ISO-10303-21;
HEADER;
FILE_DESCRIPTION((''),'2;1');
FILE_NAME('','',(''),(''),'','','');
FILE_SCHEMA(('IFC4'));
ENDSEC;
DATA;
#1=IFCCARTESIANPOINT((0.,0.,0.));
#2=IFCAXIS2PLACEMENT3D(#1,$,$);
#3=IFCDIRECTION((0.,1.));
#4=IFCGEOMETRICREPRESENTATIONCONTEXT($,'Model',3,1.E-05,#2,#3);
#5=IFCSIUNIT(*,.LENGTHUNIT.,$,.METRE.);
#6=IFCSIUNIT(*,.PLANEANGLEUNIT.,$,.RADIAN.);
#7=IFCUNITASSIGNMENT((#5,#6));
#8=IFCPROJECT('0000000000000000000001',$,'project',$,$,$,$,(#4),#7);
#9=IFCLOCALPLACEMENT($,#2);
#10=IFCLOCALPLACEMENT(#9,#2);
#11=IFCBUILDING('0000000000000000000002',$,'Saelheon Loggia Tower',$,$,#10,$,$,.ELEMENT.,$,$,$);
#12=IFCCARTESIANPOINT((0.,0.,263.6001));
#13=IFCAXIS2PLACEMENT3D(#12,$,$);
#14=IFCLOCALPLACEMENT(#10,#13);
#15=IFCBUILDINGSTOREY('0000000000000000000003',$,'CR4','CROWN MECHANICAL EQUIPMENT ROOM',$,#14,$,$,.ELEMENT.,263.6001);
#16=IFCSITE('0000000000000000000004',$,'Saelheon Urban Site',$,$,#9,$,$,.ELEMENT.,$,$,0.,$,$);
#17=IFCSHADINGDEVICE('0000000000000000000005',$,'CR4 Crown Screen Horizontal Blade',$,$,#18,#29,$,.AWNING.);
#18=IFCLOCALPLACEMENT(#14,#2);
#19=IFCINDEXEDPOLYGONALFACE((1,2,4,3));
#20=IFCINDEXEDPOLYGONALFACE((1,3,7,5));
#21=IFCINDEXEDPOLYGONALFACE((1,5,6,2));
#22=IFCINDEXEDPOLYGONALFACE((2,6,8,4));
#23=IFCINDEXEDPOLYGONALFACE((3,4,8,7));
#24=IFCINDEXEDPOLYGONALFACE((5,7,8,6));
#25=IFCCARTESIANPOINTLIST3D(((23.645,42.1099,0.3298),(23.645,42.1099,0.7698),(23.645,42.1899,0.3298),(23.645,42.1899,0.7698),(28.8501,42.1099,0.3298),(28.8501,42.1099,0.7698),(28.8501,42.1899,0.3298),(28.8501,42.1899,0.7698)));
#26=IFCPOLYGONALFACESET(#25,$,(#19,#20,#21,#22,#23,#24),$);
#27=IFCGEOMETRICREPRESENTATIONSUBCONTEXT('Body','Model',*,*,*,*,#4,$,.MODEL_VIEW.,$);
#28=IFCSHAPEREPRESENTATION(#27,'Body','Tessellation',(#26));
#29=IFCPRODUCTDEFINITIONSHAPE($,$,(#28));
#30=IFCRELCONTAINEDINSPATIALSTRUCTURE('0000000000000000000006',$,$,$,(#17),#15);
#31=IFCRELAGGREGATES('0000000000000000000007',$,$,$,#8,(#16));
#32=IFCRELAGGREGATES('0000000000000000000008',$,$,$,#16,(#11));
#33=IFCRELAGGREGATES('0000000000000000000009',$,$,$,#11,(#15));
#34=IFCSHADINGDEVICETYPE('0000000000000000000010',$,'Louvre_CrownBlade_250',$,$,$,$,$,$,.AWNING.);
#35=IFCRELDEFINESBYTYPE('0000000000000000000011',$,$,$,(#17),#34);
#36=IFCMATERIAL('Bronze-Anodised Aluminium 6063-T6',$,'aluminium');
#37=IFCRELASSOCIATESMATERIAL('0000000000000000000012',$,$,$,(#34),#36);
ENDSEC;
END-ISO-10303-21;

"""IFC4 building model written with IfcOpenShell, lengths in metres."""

from ifc_helpers import new_model, si_unit, direction, frame, origin, origin_2d, place, context, subcontext, project, spatial, rectangle, extrude, source, transform, mapped, material, material_profile, profile_set, type_object, element, save


model = new_model("IFC4")

# Units and contexts
model_context = context("Model", 3, precision=1e-05, world=origin(), true_north=direction((0.0, 1.0)))
body_context = subcontext(model_context, "Body", "Model", "MODEL_VIEW")
ifc_project = project(units=[si_unit("LENGTHUNIT", "METRE"), si_unit("PLANEANGLEUNIT", "RADIAN")], contexts=[model_context])

# Site, building, storey
site_placement = place(None, origin())
site = spatial("IfcSite", under=ifc_project, at=site_placement, Name="Saelheon Urban Site", CompositionType="ELEMENT", RefElevation=0.0)
building_placement = place(site_placement, origin())
building = spatial("IfcBuilding", under=site, at=building_placement, Name="Saelheon Loggia Tower", CompositionType="ELEMENT")
storey_placement = place(building_placement, frame((0.0, 0.0, 263.6001)))
storey = spatial("IfcBuildingStorey", under=building, at=storey_placement, Name="CR4", Description="CROWN MECHANICAL EQUIPMENT ROOM", CompositionType="ELEMENT", Elevation=263.6001)

# Shared definitions
ifc_material_1 = material(Name="Bronze-Anodised Aluminium 6063-T6", Category="aluminium")

# Shading device
ifc_material_profile_1 = material_profile(ifc_material_1, rectangle(XDim=0.0801, YDim=0.4399, at=origin_2d()), Name="Louvre_CrownBlade_250")
ifc_profile_set_1 = profile_set([ifc_material_profile_1], Name="Bronze-Anodised Aluminium 6063-T6")
shading_device_type = type_object("IfcShadingDeviceType", Name="Louvre_CrownBlade_250", PredefinedType="AWNING", material=ifc_profile_set_1)
shared_shape_1 = source(origin(), body_context, "Body", "SweptSolid", [
    extrude(rectangle(XDim=0.0801, YDim=0.4399, at=origin_2d()), origin(), (0.0, 0.0, 1.0), 5.2051),
])
shading_device_placement = place(storey_placement, frame((28.8501, 42.1499, 0.5498), z_axis=(-1.0, 0.0, 0.0), x_axis=(0.0, -1.0, 0.0)))
element("IfcShadingDevice", 1, at=shading_device_placement, inside=storey, type_object=shading_device_type, Name="CR4 Crown Screen Horizontal Blade", PredefinedType="AWNING", context=body_context, shape_type="MappedRepresentation", body=[
    mapped(shared_shape_1, transform((0.0, 0.0, 0.0), scale=1.0)),
])

save(model, "model.ifc")
